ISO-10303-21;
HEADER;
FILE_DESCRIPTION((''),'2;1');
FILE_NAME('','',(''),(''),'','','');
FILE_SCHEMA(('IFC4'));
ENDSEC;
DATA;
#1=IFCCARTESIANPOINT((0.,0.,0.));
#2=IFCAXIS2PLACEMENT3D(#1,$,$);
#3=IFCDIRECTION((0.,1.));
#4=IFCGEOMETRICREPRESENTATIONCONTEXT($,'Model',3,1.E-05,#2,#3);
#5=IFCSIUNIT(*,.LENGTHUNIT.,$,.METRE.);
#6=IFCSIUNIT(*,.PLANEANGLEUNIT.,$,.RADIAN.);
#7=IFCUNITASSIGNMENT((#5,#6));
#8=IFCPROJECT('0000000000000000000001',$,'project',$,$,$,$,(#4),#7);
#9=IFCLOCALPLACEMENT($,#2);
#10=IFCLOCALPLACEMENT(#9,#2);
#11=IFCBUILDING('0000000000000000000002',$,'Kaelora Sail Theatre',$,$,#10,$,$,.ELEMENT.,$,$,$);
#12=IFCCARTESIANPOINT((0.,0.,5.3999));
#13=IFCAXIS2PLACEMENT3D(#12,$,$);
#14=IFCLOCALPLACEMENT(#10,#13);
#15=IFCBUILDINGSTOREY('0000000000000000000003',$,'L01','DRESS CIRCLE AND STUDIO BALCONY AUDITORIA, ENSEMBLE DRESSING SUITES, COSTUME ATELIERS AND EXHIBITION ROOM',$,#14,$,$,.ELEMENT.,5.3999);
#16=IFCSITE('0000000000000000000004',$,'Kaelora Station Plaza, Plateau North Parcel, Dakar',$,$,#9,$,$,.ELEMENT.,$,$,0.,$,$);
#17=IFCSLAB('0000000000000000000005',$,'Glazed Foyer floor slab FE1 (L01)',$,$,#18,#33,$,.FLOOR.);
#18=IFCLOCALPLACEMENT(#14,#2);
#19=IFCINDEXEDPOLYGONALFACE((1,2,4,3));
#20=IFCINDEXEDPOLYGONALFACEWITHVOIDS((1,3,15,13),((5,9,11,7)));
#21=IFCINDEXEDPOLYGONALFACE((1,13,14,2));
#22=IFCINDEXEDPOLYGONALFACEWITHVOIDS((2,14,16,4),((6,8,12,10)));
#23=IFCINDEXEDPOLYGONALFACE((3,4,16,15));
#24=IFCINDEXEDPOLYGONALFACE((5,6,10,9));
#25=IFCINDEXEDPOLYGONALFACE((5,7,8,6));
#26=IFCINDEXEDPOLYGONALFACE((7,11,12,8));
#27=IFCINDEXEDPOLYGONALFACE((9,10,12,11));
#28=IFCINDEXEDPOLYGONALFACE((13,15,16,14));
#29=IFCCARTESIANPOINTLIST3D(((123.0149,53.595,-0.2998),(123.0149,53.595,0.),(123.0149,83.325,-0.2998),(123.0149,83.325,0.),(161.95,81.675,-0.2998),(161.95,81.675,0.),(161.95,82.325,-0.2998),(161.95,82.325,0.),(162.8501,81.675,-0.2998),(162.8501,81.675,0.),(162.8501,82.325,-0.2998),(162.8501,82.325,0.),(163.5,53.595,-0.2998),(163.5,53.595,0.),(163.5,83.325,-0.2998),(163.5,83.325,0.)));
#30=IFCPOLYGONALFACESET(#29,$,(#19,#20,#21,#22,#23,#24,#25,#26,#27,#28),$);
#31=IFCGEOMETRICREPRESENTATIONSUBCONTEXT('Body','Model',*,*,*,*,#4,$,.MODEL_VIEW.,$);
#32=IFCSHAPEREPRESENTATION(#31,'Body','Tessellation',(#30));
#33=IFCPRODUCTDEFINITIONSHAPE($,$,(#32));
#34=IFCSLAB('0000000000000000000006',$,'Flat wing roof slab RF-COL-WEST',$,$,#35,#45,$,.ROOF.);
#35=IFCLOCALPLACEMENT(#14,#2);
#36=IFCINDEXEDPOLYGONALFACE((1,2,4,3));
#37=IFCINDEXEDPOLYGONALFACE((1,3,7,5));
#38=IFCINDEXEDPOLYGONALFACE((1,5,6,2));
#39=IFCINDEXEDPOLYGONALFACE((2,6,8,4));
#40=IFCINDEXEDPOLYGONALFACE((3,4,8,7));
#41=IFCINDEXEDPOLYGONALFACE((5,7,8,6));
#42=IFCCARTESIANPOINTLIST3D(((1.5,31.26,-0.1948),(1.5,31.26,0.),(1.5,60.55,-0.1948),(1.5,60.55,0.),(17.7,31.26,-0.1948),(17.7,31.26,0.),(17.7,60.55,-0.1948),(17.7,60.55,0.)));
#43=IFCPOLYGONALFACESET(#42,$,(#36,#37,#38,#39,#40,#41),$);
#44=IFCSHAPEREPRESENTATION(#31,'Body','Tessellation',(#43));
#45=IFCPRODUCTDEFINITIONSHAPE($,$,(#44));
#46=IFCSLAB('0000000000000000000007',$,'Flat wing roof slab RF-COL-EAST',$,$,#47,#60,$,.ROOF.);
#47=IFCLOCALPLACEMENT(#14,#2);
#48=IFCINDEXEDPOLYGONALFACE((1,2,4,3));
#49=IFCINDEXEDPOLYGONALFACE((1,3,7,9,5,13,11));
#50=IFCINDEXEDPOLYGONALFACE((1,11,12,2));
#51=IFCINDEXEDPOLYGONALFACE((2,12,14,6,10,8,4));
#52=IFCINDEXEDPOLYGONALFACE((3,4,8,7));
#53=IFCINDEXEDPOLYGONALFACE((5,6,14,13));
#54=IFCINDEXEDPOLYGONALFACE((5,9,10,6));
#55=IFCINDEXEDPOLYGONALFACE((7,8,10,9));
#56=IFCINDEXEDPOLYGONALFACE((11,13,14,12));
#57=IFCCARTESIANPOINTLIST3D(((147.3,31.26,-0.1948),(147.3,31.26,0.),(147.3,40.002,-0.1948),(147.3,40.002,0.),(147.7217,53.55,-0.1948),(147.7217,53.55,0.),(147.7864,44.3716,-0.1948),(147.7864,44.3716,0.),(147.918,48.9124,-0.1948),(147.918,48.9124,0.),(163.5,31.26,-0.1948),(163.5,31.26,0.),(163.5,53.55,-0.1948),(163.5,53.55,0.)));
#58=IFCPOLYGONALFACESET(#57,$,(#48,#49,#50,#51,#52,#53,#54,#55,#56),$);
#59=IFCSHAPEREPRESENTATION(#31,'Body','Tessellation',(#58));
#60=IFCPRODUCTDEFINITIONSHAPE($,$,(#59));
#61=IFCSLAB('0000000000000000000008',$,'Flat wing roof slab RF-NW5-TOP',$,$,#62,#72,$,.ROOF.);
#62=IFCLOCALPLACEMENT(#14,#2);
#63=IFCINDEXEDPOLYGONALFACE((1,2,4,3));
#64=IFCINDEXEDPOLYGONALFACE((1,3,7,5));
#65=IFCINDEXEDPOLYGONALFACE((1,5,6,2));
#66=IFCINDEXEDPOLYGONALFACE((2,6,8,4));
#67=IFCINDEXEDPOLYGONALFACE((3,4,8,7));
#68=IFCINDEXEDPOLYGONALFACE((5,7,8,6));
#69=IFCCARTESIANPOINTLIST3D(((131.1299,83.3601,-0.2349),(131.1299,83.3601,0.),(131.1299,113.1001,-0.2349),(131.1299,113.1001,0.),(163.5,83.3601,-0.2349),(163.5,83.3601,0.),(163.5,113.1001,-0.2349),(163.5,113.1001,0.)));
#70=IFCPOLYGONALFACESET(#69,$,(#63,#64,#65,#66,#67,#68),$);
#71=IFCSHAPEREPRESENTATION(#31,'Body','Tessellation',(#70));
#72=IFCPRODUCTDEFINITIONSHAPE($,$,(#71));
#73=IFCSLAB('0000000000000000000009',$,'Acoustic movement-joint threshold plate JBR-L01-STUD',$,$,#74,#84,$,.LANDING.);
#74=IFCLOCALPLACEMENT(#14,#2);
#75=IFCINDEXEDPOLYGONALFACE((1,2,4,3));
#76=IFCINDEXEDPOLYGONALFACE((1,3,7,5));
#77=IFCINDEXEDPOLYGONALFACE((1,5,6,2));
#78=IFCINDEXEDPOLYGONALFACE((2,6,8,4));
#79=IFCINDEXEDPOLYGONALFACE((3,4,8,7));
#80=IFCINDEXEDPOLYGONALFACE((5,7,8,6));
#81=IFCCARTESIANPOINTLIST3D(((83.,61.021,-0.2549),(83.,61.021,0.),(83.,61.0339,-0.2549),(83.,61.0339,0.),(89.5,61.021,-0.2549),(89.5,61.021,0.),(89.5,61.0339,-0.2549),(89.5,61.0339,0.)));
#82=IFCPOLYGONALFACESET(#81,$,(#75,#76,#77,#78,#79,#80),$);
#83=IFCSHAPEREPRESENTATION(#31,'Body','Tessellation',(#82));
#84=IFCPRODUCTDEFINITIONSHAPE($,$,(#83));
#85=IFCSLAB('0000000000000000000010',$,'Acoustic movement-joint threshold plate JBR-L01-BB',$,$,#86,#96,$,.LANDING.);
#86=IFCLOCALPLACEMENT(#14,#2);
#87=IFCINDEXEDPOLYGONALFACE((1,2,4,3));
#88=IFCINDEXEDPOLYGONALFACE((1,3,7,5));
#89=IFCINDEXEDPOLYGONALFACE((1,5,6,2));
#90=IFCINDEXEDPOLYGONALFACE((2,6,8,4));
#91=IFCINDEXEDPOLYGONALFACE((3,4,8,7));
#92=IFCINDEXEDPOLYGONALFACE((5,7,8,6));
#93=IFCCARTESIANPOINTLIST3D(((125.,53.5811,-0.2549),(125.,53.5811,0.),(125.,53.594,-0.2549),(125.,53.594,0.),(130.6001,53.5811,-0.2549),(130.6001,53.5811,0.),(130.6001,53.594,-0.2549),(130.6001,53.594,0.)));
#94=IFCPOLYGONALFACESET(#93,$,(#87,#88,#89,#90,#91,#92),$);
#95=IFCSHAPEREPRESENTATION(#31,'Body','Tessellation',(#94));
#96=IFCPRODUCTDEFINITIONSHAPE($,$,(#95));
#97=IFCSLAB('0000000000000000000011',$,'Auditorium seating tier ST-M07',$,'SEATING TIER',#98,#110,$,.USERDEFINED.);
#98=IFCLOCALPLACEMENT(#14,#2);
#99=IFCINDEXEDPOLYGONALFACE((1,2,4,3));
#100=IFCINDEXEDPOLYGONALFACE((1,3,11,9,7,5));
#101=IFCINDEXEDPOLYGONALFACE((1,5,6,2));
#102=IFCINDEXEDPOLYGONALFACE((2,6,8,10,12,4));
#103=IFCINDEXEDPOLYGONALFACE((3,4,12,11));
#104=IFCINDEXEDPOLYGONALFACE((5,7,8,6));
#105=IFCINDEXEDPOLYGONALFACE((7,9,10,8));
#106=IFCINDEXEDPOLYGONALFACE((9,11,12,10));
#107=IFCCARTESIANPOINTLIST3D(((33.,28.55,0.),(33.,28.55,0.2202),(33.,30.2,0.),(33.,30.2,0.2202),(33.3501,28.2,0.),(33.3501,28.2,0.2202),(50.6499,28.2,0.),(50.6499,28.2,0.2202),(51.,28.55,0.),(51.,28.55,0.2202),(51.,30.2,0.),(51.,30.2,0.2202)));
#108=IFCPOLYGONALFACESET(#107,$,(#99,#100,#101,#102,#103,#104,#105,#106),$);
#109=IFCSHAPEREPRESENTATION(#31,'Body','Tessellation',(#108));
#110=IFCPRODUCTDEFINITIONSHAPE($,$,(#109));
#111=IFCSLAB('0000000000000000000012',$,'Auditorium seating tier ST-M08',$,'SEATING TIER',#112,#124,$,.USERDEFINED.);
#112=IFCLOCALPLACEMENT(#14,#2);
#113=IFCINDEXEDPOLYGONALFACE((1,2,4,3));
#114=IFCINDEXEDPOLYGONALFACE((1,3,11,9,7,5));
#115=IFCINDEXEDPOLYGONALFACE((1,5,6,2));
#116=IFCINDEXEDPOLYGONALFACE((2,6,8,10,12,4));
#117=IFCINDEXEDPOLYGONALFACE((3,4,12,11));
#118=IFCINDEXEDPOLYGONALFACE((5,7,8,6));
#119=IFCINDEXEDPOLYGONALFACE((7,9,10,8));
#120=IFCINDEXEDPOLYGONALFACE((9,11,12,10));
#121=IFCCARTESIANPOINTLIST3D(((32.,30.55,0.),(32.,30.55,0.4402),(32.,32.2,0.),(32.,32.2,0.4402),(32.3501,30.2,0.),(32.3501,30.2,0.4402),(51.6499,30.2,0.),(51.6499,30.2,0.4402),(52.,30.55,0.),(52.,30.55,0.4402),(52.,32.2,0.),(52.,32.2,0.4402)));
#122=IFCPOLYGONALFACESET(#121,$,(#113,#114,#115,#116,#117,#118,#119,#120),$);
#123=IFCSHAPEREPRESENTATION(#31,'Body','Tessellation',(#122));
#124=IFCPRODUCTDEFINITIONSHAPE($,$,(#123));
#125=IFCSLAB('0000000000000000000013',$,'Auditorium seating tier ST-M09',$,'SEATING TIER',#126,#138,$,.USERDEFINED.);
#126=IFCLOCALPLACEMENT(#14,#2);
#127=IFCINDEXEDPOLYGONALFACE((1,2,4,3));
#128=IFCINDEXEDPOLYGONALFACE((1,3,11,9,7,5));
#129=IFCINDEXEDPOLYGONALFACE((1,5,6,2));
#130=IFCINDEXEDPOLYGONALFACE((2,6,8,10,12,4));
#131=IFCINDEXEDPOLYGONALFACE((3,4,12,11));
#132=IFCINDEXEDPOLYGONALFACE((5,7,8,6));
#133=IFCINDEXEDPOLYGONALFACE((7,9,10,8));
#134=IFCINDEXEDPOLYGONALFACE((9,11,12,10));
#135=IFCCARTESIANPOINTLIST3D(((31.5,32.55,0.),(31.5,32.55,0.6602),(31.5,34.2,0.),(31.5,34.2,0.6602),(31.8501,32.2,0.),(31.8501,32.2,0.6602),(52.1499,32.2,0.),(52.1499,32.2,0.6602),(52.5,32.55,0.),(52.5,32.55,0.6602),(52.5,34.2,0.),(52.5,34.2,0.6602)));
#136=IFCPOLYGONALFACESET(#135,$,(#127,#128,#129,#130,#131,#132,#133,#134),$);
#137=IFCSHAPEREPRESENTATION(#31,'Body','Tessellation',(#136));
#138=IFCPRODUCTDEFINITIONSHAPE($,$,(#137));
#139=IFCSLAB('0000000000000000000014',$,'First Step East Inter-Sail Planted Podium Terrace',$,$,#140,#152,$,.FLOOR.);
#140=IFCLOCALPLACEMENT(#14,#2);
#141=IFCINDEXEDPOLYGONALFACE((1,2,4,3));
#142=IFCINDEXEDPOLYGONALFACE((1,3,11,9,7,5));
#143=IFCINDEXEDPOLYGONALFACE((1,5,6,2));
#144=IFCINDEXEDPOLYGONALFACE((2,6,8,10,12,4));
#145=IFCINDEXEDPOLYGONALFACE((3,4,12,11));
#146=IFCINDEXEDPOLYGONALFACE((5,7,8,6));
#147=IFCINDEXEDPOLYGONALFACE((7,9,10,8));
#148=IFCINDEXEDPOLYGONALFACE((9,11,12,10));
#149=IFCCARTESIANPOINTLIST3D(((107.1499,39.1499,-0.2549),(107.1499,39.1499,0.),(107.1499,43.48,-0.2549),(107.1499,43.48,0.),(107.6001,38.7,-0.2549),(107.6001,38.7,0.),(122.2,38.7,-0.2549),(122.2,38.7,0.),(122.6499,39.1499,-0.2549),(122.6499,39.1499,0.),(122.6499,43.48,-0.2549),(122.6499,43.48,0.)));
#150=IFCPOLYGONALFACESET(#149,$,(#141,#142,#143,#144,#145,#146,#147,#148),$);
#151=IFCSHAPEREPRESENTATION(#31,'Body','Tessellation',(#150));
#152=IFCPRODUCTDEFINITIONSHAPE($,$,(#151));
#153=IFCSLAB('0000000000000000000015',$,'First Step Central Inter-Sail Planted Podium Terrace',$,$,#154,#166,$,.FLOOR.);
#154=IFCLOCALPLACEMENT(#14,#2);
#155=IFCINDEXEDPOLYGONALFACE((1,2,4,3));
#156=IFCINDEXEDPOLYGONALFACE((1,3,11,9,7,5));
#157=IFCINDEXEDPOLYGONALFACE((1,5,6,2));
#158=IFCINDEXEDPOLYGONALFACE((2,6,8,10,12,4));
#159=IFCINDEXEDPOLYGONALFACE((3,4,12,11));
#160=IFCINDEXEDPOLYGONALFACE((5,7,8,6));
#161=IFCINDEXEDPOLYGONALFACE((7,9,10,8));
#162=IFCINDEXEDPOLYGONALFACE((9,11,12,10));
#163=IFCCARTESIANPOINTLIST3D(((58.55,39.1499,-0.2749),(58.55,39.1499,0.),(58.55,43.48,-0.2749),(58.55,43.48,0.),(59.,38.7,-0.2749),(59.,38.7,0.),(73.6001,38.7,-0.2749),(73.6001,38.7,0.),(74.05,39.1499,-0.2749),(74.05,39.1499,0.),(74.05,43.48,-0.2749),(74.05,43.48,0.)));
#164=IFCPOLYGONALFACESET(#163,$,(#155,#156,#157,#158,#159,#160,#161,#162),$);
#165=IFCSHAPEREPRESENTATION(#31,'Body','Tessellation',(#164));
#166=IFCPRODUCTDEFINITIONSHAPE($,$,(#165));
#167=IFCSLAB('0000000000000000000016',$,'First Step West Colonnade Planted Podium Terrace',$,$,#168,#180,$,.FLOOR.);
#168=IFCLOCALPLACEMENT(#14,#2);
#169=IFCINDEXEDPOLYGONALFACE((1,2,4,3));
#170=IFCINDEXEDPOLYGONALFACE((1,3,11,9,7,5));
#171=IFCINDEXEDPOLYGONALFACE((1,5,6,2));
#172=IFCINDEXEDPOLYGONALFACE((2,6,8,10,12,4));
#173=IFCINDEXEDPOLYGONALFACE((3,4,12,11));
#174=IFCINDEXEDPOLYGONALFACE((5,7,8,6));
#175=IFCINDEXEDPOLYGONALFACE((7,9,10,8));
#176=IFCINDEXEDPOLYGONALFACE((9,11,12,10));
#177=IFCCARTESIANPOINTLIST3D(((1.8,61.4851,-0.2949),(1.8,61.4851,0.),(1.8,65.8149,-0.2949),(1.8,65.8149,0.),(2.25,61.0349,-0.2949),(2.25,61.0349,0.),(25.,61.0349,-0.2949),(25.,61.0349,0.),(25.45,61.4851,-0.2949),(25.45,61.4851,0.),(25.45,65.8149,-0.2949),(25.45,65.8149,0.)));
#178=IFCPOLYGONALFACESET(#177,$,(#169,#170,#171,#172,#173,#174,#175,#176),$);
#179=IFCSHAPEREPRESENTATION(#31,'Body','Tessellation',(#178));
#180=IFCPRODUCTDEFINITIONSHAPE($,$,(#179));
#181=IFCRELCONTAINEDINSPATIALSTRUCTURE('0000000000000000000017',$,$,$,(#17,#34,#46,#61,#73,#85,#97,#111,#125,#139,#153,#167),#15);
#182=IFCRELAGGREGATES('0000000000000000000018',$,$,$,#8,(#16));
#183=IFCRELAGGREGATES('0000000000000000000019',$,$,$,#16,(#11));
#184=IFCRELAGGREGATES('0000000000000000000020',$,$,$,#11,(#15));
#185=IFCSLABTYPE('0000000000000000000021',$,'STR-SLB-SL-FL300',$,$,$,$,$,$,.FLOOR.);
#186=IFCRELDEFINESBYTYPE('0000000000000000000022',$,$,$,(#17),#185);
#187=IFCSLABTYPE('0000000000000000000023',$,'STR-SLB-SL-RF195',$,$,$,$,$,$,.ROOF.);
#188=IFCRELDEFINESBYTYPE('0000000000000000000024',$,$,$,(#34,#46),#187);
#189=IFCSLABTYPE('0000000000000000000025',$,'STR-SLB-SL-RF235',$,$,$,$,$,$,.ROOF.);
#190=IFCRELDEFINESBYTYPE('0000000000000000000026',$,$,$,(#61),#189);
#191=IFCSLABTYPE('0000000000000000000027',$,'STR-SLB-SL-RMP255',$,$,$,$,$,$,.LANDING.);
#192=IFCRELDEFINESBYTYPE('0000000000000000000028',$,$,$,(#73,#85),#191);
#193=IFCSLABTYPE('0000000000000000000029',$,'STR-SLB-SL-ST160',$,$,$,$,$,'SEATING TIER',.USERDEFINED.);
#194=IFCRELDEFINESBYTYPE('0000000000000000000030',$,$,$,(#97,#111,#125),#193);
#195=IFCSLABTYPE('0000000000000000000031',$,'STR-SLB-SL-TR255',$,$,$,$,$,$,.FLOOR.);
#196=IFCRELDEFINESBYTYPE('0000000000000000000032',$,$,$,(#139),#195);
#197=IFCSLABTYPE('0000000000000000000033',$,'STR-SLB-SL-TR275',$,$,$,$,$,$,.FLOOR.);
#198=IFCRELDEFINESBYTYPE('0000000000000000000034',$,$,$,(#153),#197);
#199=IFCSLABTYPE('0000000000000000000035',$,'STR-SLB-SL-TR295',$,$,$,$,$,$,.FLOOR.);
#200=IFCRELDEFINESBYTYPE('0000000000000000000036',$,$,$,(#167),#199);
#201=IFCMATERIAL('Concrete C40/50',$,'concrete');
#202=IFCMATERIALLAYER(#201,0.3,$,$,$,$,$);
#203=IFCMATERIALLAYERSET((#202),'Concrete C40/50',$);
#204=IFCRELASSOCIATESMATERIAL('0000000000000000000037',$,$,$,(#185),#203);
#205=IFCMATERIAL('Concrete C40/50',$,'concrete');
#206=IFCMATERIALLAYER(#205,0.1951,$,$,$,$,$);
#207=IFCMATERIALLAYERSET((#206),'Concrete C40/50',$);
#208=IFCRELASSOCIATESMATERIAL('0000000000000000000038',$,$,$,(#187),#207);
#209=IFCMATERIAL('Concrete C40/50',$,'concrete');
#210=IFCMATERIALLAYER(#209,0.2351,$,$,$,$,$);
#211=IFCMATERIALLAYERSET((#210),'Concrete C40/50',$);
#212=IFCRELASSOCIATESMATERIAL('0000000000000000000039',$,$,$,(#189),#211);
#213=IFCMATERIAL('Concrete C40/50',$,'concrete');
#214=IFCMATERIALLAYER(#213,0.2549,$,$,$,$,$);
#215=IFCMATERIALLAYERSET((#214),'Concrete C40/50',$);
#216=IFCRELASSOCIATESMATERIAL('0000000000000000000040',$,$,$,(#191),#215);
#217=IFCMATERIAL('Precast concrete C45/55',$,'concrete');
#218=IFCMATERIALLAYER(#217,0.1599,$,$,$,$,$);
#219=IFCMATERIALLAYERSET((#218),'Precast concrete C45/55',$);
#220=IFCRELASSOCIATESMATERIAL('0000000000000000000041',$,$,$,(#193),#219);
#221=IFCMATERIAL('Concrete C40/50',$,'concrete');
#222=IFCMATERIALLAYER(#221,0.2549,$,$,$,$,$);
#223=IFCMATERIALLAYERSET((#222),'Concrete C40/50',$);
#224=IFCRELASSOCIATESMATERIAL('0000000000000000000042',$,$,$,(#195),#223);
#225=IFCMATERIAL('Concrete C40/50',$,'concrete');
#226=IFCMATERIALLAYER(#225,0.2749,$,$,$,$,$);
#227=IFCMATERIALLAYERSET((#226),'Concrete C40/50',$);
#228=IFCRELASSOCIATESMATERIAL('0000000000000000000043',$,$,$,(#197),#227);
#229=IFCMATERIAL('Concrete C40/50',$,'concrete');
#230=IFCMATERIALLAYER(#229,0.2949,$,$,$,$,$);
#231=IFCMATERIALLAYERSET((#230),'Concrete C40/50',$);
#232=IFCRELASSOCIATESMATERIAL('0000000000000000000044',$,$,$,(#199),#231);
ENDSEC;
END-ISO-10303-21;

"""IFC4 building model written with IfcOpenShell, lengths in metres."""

from ifc_helpers import new_model, si_unit, direction, frame, origin, place, context, subcontext, project, spatial, polyline, outline, extrude, material, layer, layer_set, type_object, element, save


model = new_model("IFC4")

# Units and contexts
model_context = context("Model", 3, precision=1e-05, world=origin(), true_north=direction((0.0, 1.0)))
body_context = subcontext(model_context, "Body", "Model", "MODEL_VIEW")
ifc_project = project(units=[si_unit("LENGTHUNIT", "METRE"), si_unit("PLANEANGLEUNIT", "RADIAN")], contexts=[model_context])

# Site, building, storey
site_placement = place(None, origin())
site = spatial("IfcSite", under=ifc_project, at=site_placement, Name="Kaelora Station Plaza, Plateau North Parcel, Dakar", CompositionType="ELEMENT", RefElevation=0.0)
building_placement = place(site_placement, origin())
building = spatial("IfcBuilding", under=site, at=building_placement, Name="Kaelora Sail Theatre", CompositionType="ELEMENT")
storey_placement = place(building_placement, frame((0.0, 0.0, 5.3999)))
storey = spatial("IfcBuildingStorey", under=building, at=storey_placement, Name="L01", Description="DRESS CIRCLE AND STUDIO BALCONY AUDITORIA, ENSEMBLE DRESSING SUITES, COSTUME ATELIERS AND EXHIBITION ROOM", CompositionType="ELEMENT", Elevation=5.3999)

# Slabs
ifc_material_1 = material(Name="Concrete C40/50", Category="concrete")
ifc_layer_1 = layer(ifc_material_1, 0.3)
ifc_layer_set_1 = layer_set([ifc_layer_1], Name="Concrete C40/50")
slab_type_1 = type_object("IfcSlabType", Name="STR-SLB-SL-FL300", PredefinedType="FLOOR", material=ifc_layer_set_1)
slab_1_placement = place(storey_placement, frame((0.0, 0.0, -0.2998)))
element("IfcSlab", 1, at=slab_1_placement, inside=storey, type_object=slab_type_1, Name="Glazed Foyer floor slab FE1 (L01)", PredefinedType="FLOOR", context=body_context, shape_type="SweptSolid", body=[
    extrude(outline(polyline([(123.0149, 53.595), (163.5, 53.595), (163.5, 83.325), (123.0149, 83.325), (123.0149, 53.595)]), holes=[polyline([(161.95, 81.675), (162.8501, 81.675), (162.8501, 82.325), (161.95, 82.325), (161.95, 81.675)])]), origin(), (0.0, 0.0, 1.0), 0.2998),
])
ifc_material_2 = material(Name="Concrete C40/50", Category="concrete")
ifc_layer_2 = layer(ifc_material_2, 0.1951)
ifc_layer_set_2 = layer_set([ifc_layer_2], Name="Concrete C40/50")
slab_type_2 = type_object("IfcSlabType", Name="STR-SLB-SL-RF195", PredefinedType="ROOF", material=ifc_layer_set_2)
slab_2_placement = place(storey_placement, frame((0.0, 0.0, -0.1948)))
element("IfcSlab", 2, at=slab_2_placement, inside=storey, type_object=slab_type_2, Name="Flat wing roof slab RF-COL-WEST", PredefinedType="ROOF", context=body_context, shape_type="SweptSolid", body=[
    extrude(outline(polyline([(1.5, 60.55), (17.7, 60.55), (17.7, 31.26), (1.5, 31.26), (1.5, 60.55)])), origin(), (0.0, 0.0, 1.0), 0.1948),
])
slab_3_placement = place(storey_placement, frame((0.0, 0.0, -0.1948)))
element("IfcSlab", 3, at=slab_3_placement, inside=storey, type_object=slab_type_2, Name="Flat wing roof slab RF-COL-EAST", PredefinedType="ROOF", context=body_context, shape_type="SweptSolid", body=[
    extrude(outline(polyline([(163.5, 53.55), (163.5, 31.26), (147.3, 31.26), (147.3, 40.002), (147.7864, 44.3716), (147.918, 48.9124), (147.7217, 53.55), (163.5, 53.55)])), origin(), (0.0, 0.0, 1.0), 0.1948),
])
ifc_material_3 = material(Name="Concrete C40/50", Category="concrete")
ifc_layer_3 = layer(ifc_material_3, 0.2351)
ifc_layer_set_3 = layer_set([ifc_layer_3], Name="Concrete C40/50")
slab_type_3 = type_object("IfcSlabType", Name="STR-SLB-SL-RF235", PredefinedType="ROOF", material=ifc_layer_set_3)
slab_4_placement = place(storey_placement, frame((0.0, 0.0, -0.2349)))
element("IfcSlab", 4, at=slab_4_placement, inside=storey, type_object=slab_type_3, Name="Flat wing roof slab RF-NW5-TOP", PredefinedType="ROOF", context=body_context, shape_type="SweptSolid", body=[
    extrude(outline(polyline([(131.1299, 113.1001), (163.5, 113.1001), (163.5, 83.3601), (131.1299, 83.3601), (131.1299, 113.1001)])), origin(), (0.0, 0.0, 1.0), 0.2349),
])
ifc_material_4 = material(Name="Concrete C40/50", Category="concrete")
ifc_layer_4 = layer(ifc_material_4, 0.2549)
ifc_layer_set_4 = layer_set([ifc_layer_4], Name="Concrete C40/50")
slab_type_4 = type_object("IfcSlabType", Name="STR-SLB-SL-RMP255", PredefinedType="LANDING", material=ifc_layer_set_4)
slab_5_placement = place(storey_placement, frame((0.0, 0.0, -0.2549)))
element("IfcSlab", 5, at=slab_5_placement, inside=storey, type_object=slab_type_4, Name="Acoustic movement-joint threshold plate JBR-L01-STUD", PredefinedType="LANDING", context=body_context, shape_type="SweptSolid", body=[
    extrude(outline(polyline([(83.0, 61.021), (89.5, 61.021), (89.5, 61.0339), (83.0, 61.0339), (83.0, 61.021)])), origin(), (0.0, 0.0, 1.0), 0.2549),
])
slab_6_placement = place(storey_placement, frame((0.0, 0.0, -0.2549)))
element("IfcSlab", 6, at=slab_6_placement, inside=storey, type_object=slab_type_4, Name="Acoustic movement-joint threshold plate JBR-L01-BB", PredefinedType="LANDING", context=body_context, shape_type="SweptSolid", body=[
    extrude(outline(polyline([(125.0, 53.5811), (130.6001, 53.5811), (130.6001, 53.594), (125.0, 53.594), (125.0, 53.5811)])), origin(), (0.0, 0.0, 1.0), 0.2549),
])
ifc_material_5 = material(Name="Precast concrete C45/55", Category="concrete")
ifc_layer_5 = layer(ifc_material_5, 0.1599)
ifc_layer_set_5 = layer_set([ifc_layer_5], Name="Precast concrete C45/55")
slab_type_5 = type_object("IfcSlabType", Name="STR-SLB-SL-ST160", ElementType="SEATING TIER", PredefinedType="USERDEFINED", material=ifc_layer_set_5)
slab_7_placement = place(storey_placement, origin())
element("IfcSlab", 7, at=slab_7_placement, inside=storey, type_object=slab_type_5, Name="Auditorium seating tier ST-M07", ObjectType="SEATING TIER", PredefinedType="USERDEFINED", context=body_context, shape_type="SweptSolid", body=[
    extrude(outline(polyline([(33.3501, 28.2), (50.6499, 28.2), (51.0, 28.55), (51.0, 30.2), (33.0, 30.2), (33.0, 28.55), (33.3501, 28.2)])), origin(), (0.0, 0.0, 1.0), 0.2202),
])
slab_8_placement = place(storey_placement, origin())
element("IfcSlab", 8, at=slab_8_placement, inside=storey, type_object=slab_type_5, Name="Auditorium seating tier ST-M08", ObjectType="SEATING TIER", PredefinedType="USERDEFINED", context=body_context, shape_type="SweptSolid", body=[
    extrude(outline(polyline([(32.3501, 30.2), (51.6499, 30.2), (52.0, 30.55), (52.0, 32.2), (32.0, 32.2), (32.0, 30.55), (32.3501, 30.2)])), origin(), (0.0, 0.0, 1.0), 0.4402),
])
slab_9_placement = place(storey_placement, origin())
element("IfcSlab", 9, at=slab_9_placement, inside=storey, type_object=slab_type_5, Name="Auditorium seating tier ST-M09", ObjectType="SEATING TIER", PredefinedType="USERDEFINED", context=body_context, shape_type="SweptSolid", body=[
    extrude(outline(polyline([(31.8501, 32.2), (52.1499, 32.2), (52.5, 32.55), (52.5, 34.2), (31.5, 34.2), (31.5, 32.55), (31.8501, 32.2)])), origin(), (0.0, 0.0, 1.0), 0.6602),
])
ifc_material_6 = material(Name="Concrete C40/50", Category="concrete")
ifc_layer_6 = layer(ifc_material_6, 0.2549)
ifc_layer_set_6 = layer_set([ifc_layer_6], Name="Concrete C40/50")
slab_type_6 = type_object("IfcSlabType", Name="STR-SLB-SL-TR255", PredefinedType="FLOOR", material=ifc_layer_set_6)
slab_10_placement = place(storey_placement, frame((0.0, 0.0, -0.2549)))
element("IfcSlab", 10, at=slab_10_placement, inside=storey, type_object=slab_type_6, Name="First Step East Inter-Sail Planted Podium Terrace", PredefinedType="FLOOR", context=body_context, shape_type="SweptSolid", body=[
    extrude(outline(polyline([(107.6001, 38.7), (122.2, 38.7), (122.6499, 39.1499), (122.6499, 43.48), (107.1499, 43.48), (107.1499, 39.1499), (107.6001, 38.7)])), origin(), (0.0, 0.0, 1.0), 0.2549),
])
ifc_material_7 = material(Name="Concrete C40/50", Category="concrete")
ifc_layer_7 = layer(ifc_material_7, 0.2749)
ifc_layer_set_7 = layer_set([ifc_layer_7], Name="Concrete C40/50")
slab_type_7 = type_object("IfcSlabType", Name="STR-SLB-SL-TR275", PredefinedType="FLOOR", material=ifc_layer_set_7)
slab_11_placement = place(storey_placement, frame((0.0, 0.0, -0.2749)))
element("IfcSlab", 11, at=slab_11_placement, inside=storey, type_object=slab_type_7, Name="First Step Central Inter-Sail Planted Podium Terrace", PredefinedType="FLOOR", context=body_context, shape_type="SweptSolid", body=[
    extrude(outline(polyline([(59.0, 38.7), (73.6001, 38.7), (74.05, 39.1499), (74.05, 43.48), (58.55, 43.48), (58.55, 39.1499), (59.0, 38.7)])), origin(), (0.0, 0.0, 1.0), 0.2749),
])
ifc_material_8 = material(Name="Concrete C40/50", Category="concrete")
ifc_layer_8 = layer(ifc_material_8, 0.2949)
ifc_layer_set_8 = layer_set([ifc_layer_8], Name="Concrete C40/50")
slab_type_8 = type_object("IfcSlabType", Name="STR-SLB-SL-TR295", PredefinedType="FLOOR", material=ifc_layer_set_8)
slab_12_placement = place(storey_placement, frame((0.0, 0.0, -0.2949)))
element("IfcSlab", 12, at=slab_12_placement, inside=storey, type_object=slab_type_8, Name="First Step West Colonnade Planted Podium Terrace", PredefinedType="FLOOR", context=body_context, shape_type="SweptSolid", body=[
    extrude(outline(polyline([(2.25, 61.0349), (25.0, 61.0349), (25.45, 61.4851), (25.45, 65.8149), (1.8, 65.8149), (1.8, 61.4851), (2.25, 61.0349)])), origin(), (0.0, 0.0, 1.0), 0.2949),
])

save(model, "model.ifc")
